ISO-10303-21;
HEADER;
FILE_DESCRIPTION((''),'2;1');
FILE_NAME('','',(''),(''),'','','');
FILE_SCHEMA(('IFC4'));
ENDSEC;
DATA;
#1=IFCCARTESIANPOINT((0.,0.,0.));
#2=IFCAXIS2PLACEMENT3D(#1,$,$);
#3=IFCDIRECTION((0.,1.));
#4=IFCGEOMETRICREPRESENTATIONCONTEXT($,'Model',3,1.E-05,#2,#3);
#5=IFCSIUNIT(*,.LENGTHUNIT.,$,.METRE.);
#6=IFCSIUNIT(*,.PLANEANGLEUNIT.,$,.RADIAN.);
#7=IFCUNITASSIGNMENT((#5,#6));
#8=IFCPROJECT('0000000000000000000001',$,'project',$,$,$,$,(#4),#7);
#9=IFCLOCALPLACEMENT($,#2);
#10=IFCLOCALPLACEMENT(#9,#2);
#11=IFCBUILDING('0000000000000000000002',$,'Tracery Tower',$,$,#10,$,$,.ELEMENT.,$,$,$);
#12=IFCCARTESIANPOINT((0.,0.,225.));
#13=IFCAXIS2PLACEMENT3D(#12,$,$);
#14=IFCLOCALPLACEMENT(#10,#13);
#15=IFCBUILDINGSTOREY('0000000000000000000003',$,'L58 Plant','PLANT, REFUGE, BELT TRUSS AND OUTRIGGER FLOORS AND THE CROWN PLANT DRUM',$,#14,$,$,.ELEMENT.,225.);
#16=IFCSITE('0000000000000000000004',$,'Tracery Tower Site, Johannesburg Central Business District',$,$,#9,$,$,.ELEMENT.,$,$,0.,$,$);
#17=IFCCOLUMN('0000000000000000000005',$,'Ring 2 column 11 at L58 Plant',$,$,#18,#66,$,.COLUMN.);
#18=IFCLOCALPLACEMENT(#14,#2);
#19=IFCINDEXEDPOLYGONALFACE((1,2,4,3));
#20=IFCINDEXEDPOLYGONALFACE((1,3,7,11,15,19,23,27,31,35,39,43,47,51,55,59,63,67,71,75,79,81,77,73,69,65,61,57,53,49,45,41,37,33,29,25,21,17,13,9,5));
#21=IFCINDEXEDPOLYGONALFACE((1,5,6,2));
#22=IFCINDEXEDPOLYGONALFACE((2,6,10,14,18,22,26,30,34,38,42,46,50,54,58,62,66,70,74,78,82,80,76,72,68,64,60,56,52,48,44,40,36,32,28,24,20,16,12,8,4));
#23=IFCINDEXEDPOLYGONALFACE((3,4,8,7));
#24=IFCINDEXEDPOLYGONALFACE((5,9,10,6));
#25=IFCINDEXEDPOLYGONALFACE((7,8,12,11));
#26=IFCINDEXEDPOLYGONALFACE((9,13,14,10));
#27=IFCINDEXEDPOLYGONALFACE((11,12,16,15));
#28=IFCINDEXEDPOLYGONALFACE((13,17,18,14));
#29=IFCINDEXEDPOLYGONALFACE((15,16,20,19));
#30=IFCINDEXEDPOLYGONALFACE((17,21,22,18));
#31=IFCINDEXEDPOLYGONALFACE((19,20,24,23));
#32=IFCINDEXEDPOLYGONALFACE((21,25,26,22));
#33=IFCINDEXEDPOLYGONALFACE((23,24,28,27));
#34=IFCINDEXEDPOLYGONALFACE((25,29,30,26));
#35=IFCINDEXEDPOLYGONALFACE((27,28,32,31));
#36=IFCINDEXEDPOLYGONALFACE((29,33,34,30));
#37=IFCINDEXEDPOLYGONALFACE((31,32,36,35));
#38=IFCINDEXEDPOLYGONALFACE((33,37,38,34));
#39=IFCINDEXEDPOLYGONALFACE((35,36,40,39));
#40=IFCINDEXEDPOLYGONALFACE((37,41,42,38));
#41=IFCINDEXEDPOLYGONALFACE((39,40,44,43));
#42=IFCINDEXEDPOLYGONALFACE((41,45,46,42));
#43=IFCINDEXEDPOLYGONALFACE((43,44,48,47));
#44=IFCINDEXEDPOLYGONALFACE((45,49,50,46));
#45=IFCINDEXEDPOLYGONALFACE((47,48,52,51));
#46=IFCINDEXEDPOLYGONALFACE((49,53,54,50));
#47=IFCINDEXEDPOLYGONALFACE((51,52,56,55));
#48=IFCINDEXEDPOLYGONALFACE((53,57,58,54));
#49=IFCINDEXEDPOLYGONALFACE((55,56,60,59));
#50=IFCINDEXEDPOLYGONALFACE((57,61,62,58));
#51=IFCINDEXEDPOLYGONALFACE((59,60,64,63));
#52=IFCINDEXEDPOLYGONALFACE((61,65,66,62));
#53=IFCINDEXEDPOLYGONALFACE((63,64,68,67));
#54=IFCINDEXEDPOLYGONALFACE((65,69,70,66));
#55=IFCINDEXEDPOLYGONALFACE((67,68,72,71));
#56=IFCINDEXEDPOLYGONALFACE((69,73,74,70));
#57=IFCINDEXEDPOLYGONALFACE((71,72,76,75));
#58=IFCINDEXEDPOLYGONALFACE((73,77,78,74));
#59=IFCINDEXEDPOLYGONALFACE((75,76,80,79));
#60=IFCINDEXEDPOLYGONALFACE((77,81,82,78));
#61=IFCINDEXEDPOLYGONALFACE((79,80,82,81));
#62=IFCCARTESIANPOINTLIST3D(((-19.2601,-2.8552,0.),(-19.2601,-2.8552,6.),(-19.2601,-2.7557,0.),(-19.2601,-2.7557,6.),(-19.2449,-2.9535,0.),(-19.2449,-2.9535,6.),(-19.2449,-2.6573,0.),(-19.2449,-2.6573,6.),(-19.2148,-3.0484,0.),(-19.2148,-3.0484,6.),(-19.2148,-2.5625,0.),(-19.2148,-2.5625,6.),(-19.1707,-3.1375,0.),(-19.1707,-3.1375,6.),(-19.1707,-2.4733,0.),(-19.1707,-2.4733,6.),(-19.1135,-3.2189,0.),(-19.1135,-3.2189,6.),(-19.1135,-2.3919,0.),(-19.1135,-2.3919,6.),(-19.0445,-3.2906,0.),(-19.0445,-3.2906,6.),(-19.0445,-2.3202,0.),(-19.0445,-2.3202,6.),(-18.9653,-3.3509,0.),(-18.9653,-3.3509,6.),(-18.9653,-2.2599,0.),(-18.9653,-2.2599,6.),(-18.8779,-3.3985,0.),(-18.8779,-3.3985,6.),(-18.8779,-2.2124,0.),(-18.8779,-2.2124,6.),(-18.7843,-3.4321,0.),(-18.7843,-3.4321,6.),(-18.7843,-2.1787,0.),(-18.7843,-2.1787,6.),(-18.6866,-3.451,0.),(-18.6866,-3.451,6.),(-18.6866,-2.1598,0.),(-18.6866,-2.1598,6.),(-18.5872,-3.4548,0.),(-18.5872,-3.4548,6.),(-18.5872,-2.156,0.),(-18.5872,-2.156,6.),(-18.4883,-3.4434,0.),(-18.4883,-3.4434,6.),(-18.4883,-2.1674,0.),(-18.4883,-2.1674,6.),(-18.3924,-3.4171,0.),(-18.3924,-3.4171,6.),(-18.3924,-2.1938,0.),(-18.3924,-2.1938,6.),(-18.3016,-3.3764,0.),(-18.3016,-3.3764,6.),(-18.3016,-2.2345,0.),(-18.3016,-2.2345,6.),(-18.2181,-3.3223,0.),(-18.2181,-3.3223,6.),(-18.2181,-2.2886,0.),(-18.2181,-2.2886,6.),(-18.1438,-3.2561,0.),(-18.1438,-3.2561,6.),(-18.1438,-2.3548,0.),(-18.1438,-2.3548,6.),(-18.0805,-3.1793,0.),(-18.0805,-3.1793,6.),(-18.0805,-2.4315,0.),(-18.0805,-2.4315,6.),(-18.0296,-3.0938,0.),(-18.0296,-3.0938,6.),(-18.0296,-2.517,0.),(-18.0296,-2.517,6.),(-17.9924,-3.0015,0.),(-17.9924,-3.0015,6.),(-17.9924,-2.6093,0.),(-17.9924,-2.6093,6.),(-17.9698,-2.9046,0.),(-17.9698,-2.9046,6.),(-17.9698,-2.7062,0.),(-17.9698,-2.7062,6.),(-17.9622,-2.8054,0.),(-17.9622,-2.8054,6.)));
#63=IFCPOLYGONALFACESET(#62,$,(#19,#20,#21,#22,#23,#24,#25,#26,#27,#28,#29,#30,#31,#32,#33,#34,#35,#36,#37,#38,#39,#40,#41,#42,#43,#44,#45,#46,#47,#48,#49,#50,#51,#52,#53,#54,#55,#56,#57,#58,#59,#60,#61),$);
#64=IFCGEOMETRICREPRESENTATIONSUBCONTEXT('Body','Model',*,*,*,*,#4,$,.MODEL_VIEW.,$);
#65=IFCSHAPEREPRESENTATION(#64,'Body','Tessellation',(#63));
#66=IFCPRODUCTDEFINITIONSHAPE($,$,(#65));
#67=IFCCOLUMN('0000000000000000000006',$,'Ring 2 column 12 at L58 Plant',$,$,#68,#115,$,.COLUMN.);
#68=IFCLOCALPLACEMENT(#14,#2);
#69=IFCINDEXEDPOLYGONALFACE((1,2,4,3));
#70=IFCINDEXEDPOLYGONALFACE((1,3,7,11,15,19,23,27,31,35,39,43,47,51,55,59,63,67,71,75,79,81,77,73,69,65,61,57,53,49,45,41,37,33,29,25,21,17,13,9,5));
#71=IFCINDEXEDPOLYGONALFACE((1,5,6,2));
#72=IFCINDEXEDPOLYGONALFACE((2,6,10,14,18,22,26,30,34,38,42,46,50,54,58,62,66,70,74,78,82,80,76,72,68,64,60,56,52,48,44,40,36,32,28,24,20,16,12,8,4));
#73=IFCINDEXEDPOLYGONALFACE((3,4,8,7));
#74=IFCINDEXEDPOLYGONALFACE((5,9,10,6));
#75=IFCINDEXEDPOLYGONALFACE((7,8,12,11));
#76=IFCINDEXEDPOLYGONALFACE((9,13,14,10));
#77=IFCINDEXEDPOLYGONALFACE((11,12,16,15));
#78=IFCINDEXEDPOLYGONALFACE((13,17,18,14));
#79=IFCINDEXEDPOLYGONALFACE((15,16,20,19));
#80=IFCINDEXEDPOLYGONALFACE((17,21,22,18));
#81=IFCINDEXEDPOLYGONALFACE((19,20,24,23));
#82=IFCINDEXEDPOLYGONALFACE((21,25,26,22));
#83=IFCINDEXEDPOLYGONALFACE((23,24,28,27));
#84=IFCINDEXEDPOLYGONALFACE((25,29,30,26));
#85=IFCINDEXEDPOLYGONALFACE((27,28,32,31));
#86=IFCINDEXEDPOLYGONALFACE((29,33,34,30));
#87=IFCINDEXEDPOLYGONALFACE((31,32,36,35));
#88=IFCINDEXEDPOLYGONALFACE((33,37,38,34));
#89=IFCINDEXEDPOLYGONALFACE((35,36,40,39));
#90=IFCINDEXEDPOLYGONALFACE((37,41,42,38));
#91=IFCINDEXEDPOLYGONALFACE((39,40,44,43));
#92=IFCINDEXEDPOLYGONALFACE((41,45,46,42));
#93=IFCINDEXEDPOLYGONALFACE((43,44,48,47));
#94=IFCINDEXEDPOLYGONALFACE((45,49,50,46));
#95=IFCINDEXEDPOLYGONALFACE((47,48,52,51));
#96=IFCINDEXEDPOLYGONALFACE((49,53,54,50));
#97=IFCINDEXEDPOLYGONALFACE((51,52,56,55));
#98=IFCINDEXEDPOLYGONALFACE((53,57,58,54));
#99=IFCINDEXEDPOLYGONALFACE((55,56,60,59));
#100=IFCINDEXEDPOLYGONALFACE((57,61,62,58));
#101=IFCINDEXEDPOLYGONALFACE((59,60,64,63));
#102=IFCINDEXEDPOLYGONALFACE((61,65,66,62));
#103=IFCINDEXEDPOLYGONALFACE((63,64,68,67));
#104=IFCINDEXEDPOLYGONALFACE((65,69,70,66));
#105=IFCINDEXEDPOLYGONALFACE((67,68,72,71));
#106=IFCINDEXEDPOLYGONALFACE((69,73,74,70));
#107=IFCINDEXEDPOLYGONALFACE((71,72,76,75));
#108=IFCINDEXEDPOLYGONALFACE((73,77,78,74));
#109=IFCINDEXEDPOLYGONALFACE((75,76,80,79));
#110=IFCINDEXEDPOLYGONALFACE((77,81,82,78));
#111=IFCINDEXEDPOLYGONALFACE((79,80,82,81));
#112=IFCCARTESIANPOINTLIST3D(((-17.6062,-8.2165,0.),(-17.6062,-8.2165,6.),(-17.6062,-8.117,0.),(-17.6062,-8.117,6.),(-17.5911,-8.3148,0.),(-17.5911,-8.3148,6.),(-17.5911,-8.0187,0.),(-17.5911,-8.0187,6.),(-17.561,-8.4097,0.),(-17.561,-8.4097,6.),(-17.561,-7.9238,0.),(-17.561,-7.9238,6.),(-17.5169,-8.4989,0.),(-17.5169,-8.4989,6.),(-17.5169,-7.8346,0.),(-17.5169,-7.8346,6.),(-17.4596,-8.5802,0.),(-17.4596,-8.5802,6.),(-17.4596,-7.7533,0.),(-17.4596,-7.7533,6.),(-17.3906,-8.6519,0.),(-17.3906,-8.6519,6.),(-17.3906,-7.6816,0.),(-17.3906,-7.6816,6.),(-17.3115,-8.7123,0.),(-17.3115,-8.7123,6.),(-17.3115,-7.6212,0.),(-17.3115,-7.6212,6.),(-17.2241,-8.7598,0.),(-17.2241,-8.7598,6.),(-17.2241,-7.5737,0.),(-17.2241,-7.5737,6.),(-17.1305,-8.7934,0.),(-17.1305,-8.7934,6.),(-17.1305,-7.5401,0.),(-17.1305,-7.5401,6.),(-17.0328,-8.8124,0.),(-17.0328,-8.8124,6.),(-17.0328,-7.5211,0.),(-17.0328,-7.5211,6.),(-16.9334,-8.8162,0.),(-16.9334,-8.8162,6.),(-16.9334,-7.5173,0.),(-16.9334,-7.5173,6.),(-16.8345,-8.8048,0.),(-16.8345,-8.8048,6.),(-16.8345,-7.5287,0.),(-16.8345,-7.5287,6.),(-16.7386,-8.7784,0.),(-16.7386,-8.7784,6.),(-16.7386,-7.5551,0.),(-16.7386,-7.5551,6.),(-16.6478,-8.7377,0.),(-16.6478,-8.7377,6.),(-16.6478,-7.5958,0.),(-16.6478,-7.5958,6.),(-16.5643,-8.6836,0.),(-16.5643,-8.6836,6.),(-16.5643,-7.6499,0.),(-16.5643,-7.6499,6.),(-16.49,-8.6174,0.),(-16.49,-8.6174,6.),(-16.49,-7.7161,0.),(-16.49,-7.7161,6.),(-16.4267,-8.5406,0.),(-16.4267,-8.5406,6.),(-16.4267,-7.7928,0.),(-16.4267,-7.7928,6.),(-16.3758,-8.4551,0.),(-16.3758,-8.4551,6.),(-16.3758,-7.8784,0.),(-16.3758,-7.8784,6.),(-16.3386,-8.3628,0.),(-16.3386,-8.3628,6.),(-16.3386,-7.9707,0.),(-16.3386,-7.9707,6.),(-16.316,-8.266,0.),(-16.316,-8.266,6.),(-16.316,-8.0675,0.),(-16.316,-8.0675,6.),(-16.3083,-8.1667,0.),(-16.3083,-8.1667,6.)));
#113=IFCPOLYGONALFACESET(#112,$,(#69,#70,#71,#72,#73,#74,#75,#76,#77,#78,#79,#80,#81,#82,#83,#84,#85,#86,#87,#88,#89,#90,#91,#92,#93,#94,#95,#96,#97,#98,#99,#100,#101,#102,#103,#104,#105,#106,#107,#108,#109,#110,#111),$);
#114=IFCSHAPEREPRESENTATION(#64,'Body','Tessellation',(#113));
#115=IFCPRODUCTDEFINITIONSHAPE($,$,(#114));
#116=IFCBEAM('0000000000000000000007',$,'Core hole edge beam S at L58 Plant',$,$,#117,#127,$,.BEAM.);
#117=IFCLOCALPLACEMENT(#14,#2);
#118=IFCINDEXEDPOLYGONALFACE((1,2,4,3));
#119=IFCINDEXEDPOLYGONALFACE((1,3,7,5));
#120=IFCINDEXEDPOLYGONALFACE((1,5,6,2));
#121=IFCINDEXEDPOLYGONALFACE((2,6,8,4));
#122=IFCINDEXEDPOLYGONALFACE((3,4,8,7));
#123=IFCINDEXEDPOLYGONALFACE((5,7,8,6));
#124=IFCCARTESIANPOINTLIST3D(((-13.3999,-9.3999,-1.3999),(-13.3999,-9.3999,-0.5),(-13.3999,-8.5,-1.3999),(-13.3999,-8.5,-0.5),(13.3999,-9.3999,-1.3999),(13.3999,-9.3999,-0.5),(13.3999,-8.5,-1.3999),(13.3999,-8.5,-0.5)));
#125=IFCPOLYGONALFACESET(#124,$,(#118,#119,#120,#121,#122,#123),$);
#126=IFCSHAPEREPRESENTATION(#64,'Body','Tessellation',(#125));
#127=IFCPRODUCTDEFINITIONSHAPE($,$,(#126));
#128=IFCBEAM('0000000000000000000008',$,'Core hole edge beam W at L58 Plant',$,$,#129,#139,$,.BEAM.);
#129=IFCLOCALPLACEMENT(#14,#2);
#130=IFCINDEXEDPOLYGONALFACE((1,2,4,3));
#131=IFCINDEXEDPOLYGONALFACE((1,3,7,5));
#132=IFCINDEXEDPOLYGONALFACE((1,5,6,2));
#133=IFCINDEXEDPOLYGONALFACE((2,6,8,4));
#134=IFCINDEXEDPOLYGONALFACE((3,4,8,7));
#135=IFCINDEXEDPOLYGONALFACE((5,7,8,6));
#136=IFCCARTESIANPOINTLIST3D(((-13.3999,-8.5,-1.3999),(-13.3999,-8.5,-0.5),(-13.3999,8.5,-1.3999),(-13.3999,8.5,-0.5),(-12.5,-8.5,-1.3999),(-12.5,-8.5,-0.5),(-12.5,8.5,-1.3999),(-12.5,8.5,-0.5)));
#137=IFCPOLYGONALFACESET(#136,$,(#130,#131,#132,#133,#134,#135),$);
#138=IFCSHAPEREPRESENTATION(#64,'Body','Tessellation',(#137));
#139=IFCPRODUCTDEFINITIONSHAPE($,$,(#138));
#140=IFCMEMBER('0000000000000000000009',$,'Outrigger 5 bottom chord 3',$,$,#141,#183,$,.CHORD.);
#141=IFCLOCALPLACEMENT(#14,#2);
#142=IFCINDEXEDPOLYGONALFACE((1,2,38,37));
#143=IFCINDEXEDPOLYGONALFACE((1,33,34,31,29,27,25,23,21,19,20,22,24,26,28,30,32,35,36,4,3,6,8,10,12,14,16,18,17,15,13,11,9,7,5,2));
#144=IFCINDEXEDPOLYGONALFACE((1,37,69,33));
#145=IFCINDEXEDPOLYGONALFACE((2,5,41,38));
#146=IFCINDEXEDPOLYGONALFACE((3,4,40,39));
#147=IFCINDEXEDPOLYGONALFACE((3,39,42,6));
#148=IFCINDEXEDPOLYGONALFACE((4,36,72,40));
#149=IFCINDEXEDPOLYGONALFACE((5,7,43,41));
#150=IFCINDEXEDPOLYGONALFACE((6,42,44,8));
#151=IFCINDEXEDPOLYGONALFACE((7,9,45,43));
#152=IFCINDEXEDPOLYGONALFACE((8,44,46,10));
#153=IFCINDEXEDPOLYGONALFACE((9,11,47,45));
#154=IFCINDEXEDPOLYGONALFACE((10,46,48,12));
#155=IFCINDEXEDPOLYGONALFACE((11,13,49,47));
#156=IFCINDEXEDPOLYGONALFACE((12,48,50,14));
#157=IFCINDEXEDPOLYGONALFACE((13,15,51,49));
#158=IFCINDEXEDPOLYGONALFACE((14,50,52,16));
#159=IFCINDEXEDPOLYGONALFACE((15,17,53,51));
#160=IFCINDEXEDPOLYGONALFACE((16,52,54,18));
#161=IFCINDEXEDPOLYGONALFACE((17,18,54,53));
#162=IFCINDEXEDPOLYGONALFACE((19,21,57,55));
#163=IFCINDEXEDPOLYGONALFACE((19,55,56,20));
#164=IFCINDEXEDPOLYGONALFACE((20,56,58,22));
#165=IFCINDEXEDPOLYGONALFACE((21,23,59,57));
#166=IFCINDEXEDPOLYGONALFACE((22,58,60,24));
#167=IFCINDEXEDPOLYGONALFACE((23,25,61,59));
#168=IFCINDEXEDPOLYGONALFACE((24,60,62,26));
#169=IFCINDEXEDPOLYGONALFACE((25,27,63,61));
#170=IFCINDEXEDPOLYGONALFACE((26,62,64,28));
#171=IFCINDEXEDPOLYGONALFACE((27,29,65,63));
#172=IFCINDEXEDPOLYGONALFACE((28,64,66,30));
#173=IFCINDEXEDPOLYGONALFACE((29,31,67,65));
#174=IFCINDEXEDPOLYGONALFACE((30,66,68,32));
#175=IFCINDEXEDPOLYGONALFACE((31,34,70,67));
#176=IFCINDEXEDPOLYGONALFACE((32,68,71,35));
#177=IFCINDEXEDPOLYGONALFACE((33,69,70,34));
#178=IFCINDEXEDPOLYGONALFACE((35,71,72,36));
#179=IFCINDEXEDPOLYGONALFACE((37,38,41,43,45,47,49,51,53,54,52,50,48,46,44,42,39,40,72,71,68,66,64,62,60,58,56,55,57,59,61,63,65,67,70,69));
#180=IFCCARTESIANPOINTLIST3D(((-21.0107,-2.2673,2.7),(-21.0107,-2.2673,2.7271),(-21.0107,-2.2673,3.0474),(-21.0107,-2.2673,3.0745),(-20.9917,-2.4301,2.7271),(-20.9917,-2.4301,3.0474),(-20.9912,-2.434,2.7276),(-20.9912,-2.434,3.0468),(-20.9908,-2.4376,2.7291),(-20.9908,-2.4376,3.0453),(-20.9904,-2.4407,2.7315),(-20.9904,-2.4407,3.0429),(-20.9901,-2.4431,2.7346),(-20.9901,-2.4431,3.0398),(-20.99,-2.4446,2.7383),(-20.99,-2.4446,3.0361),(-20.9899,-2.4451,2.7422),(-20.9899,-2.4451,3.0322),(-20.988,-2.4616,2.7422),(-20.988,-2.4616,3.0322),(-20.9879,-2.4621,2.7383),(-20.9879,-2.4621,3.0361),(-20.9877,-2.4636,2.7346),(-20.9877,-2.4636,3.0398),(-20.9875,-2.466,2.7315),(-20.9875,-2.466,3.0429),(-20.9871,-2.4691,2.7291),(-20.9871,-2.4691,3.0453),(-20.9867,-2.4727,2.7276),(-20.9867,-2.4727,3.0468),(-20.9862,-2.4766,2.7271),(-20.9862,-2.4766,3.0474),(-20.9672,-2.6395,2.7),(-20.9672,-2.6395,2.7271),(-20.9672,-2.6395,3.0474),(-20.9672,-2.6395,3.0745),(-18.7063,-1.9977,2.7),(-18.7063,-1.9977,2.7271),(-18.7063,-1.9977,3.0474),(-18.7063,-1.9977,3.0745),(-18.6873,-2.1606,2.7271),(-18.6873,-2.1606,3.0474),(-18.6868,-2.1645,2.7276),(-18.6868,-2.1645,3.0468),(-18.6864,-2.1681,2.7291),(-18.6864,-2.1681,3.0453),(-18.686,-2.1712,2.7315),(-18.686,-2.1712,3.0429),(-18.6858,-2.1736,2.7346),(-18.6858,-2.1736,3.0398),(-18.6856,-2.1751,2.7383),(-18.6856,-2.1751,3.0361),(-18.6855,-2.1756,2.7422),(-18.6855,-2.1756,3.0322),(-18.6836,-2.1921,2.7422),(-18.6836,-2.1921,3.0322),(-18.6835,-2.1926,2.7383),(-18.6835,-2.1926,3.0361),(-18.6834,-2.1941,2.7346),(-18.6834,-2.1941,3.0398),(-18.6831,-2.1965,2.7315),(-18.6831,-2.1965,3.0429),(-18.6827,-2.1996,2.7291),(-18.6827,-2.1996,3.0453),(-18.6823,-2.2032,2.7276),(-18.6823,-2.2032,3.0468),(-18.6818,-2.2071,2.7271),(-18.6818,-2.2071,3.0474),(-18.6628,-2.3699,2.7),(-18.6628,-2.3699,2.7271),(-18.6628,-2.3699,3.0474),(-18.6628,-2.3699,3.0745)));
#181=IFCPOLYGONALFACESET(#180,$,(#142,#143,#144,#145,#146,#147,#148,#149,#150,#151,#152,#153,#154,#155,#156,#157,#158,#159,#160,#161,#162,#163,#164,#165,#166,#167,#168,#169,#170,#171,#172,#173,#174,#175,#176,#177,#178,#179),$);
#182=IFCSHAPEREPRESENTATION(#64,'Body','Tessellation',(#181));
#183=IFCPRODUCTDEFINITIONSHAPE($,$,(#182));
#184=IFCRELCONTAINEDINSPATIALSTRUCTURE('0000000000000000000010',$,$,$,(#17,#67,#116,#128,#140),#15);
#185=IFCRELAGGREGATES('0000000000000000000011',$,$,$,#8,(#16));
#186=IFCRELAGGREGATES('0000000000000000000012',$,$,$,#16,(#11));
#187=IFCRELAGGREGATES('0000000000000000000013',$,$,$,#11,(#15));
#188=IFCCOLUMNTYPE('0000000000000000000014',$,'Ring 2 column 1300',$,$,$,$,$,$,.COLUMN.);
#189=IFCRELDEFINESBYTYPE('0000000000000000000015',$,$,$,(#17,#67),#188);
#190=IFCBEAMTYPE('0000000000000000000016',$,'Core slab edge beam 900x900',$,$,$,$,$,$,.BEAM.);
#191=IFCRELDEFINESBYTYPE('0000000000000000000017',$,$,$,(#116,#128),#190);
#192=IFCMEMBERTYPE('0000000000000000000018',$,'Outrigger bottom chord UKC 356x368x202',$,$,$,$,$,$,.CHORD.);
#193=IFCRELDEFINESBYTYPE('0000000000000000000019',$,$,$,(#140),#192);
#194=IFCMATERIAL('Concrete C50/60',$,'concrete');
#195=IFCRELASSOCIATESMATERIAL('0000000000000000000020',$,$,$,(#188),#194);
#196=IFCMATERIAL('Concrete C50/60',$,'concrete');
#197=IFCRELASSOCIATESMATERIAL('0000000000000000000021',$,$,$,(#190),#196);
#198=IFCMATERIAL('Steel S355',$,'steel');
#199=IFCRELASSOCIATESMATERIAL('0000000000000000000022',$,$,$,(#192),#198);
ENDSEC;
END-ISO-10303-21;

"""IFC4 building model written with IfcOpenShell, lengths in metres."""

from ifc_helpers import new_model, si_unit, direction, frame, origin, origin_2d, place, context, subcontext, project, spatial, rectangle, circle, i_section, extrude, material, material_profile, profile_set, type_object, element, save


model = new_model("IFC4")

# Units and contexts
model_context = context("Model", 3, precision=1e-05, world=origin(), true_north=direction((0.0, 1.0)))
body_context = subcontext(model_context, "Body", "Model", "MODEL_VIEW")
ifc_project = project(units=[si_unit("LENGTHUNIT", "METRE"), si_unit("PLANEANGLEUNIT", "RADIAN")], contexts=[model_context])

# Site, building, storey
site_placement = place(None, origin())
site = spatial("IfcSite", under=ifc_project, at=site_placement, Name="Tracery Tower Site, Johannesburg Central Business District", CompositionType="ELEMENT", RefElevation=0.0)
building_placement = place(site_placement, origin())
building = spatial("IfcBuilding", under=site, at=building_placement, Name="Tracery Tower", CompositionType="ELEMENT")
storey_placement = place(building_placement, frame((0.0, 0.0, 225.0)))
storey = spatial("IfcBuildingStorey", under=building, at=storey_placement, Name="L58 Plant", Description="PLANT, REFUGE, BELT TRUSS AND OUTRIGGER FLOORS AND THE CROWN PLANT DRUM", CompositionType="ELEMENT", Elevation=225.0)

# Columns
ifc_material_1 = material(Name="Concrete C50/60", Category="concrete")
ifc_material_profile_1 = material_profile(ifc_material_1, circle(Radius=0.6499, at=origin_2d()), Name="RC D1300")
ifc_profile_set_1 = profile_set([ifc_material_profile_1], Name="Concrete C50/60")
column_type = type_object("IfcColumnType", Name="Ring 2 column 1300", PredefinedType="COLUMN", material=ifc_profile_set_1)
for number, where, z_axis, x_axis, name in (
    (1, (-18.6121, -2.8054, 0.0), (0.0, 0.0, 1.0), (1.0, 0.0, 0.0), "Ring 2 column 11 at L58 Plant"),
    (2, (-16.9583, -8.1667, 0.0), (0.0, 0.0, 1.0), (1.0, 0.0, 0.0), "Ring 2 column 12 at L58 Plant"),
):
    element("IfcColumn", number, at=place(storey_placement, frame(where, z_axis=z_axis, x_axis=x_axis)), inside=storey, type_object=column_type, Name=name, PredefinedType="COLUMN", context=body_context, shape_type="SweptSolid", body=[
        extrude(circle(Radius=0.6499, at=origin_2d()), origin(), (0.0, 0.0, 1.0), 6.0),
    ])

# Beams
ifc_material_2 = material(Name="Concrete C50/60", Category="concrete")
ifc_material_profile_2 = material_profile(ifc_material_2, rectangle(XDim=0.8999, YDim=0.8999, at=origin_2d()), Name="RC 900x900")
ifc_profile_set_2 = profile_set([ifc_material_profile_2], Name="Concrete C50/60")
beam_type = type_object("IfcBeamType", Name="Core slab edge beam 900x900", PredefinedType="BEAM", material=ifc_profile_set_2)
beam_1_placement = place(storey_placement, frame((-13.3999, -8.95, -0.95), z_axis=(1.0, 0.0, 0.0), x_axis=(0.0, 1.0, 0.0)))
element("IfcBeam", 3, at=beam_1_placement, inside=storey, type_object=beam_type, Name="Core hole edge beam S at L58 Plant", PredefinedType="BEAM", context=body_context, shape_type="SweptSolid", body=[
    extrude(rectangle(XDim=0.8999, YDim=0.8999, at=origin_2d()), origin(), (0.0, 0.0, 1.0), 26.7998),
])
beam_2_placement = place(storey_placement, frame((-12.95, -8.5, -0.95), z_axis=(0.0, 1.0, 0.0), x_axis=(-1.0, 0.0, 0.0)))
element("IfcBeam", 4, at=beam_2_placement, inside=storey, type_object=beam_type, Name="Core hole edge beam W at L58 Plant", PredefinedType="BEAM", context=body_context, shape_type="SweptSolid", body=[
    extrude(rectangle(XDim=0.8999, YDim=0.8999, at=origin_2d()), origin(), (0.0, 0.0, 1.0), 17.0),
])

# Member
ifc_material_3 = material(Name="Steel S355", Category="steel")
ifc_material_profile_3 = material_profile(ifc_material_3, i_section(OverallWidth=0.3748, OverallDepth=0.3745, WebThickness=0.0166, FlangeThickness=0.0271, FilletRadius=0.0151, at=origin_2d()), Name="UKC 356x368x202")
ifc_profile_set_3 = profile_set([ifc_material_profile_3], Name="Steel S355")
member_type_1 = type_object("IfcMemberType", Name="Outrigger bottom chord UKC 356x368x202", PredefinedType="CHORD", material=ifc_profile_set_3)
member_1_placement = place(storey_placement, frame((-18.6846, -2.1838, 2.8872), z_axis=(-0.993229, -0.11617, 0.0), x_axis=(0.11617, -0.993229, 0.0)))
element("IfcMember", 5, at=member_1_placement, inside=storey, type_object=member_type_1, Name="Outrigger 5 bottom chord 3", PredefinedType="CHORD", context=body_context, shape_type="SweptSolid", body=[
    extrude(i_section(OverallWidth=0.3748, OverallDepth=0.3745, WebThickness=0.0166, FlangeThickness=0.0271, FilletRadius=0.0151, at=origin_2d()), origin(), (0.0, 0.0, 1.0), 2.3201),
])

save(model, "model.ifc")
